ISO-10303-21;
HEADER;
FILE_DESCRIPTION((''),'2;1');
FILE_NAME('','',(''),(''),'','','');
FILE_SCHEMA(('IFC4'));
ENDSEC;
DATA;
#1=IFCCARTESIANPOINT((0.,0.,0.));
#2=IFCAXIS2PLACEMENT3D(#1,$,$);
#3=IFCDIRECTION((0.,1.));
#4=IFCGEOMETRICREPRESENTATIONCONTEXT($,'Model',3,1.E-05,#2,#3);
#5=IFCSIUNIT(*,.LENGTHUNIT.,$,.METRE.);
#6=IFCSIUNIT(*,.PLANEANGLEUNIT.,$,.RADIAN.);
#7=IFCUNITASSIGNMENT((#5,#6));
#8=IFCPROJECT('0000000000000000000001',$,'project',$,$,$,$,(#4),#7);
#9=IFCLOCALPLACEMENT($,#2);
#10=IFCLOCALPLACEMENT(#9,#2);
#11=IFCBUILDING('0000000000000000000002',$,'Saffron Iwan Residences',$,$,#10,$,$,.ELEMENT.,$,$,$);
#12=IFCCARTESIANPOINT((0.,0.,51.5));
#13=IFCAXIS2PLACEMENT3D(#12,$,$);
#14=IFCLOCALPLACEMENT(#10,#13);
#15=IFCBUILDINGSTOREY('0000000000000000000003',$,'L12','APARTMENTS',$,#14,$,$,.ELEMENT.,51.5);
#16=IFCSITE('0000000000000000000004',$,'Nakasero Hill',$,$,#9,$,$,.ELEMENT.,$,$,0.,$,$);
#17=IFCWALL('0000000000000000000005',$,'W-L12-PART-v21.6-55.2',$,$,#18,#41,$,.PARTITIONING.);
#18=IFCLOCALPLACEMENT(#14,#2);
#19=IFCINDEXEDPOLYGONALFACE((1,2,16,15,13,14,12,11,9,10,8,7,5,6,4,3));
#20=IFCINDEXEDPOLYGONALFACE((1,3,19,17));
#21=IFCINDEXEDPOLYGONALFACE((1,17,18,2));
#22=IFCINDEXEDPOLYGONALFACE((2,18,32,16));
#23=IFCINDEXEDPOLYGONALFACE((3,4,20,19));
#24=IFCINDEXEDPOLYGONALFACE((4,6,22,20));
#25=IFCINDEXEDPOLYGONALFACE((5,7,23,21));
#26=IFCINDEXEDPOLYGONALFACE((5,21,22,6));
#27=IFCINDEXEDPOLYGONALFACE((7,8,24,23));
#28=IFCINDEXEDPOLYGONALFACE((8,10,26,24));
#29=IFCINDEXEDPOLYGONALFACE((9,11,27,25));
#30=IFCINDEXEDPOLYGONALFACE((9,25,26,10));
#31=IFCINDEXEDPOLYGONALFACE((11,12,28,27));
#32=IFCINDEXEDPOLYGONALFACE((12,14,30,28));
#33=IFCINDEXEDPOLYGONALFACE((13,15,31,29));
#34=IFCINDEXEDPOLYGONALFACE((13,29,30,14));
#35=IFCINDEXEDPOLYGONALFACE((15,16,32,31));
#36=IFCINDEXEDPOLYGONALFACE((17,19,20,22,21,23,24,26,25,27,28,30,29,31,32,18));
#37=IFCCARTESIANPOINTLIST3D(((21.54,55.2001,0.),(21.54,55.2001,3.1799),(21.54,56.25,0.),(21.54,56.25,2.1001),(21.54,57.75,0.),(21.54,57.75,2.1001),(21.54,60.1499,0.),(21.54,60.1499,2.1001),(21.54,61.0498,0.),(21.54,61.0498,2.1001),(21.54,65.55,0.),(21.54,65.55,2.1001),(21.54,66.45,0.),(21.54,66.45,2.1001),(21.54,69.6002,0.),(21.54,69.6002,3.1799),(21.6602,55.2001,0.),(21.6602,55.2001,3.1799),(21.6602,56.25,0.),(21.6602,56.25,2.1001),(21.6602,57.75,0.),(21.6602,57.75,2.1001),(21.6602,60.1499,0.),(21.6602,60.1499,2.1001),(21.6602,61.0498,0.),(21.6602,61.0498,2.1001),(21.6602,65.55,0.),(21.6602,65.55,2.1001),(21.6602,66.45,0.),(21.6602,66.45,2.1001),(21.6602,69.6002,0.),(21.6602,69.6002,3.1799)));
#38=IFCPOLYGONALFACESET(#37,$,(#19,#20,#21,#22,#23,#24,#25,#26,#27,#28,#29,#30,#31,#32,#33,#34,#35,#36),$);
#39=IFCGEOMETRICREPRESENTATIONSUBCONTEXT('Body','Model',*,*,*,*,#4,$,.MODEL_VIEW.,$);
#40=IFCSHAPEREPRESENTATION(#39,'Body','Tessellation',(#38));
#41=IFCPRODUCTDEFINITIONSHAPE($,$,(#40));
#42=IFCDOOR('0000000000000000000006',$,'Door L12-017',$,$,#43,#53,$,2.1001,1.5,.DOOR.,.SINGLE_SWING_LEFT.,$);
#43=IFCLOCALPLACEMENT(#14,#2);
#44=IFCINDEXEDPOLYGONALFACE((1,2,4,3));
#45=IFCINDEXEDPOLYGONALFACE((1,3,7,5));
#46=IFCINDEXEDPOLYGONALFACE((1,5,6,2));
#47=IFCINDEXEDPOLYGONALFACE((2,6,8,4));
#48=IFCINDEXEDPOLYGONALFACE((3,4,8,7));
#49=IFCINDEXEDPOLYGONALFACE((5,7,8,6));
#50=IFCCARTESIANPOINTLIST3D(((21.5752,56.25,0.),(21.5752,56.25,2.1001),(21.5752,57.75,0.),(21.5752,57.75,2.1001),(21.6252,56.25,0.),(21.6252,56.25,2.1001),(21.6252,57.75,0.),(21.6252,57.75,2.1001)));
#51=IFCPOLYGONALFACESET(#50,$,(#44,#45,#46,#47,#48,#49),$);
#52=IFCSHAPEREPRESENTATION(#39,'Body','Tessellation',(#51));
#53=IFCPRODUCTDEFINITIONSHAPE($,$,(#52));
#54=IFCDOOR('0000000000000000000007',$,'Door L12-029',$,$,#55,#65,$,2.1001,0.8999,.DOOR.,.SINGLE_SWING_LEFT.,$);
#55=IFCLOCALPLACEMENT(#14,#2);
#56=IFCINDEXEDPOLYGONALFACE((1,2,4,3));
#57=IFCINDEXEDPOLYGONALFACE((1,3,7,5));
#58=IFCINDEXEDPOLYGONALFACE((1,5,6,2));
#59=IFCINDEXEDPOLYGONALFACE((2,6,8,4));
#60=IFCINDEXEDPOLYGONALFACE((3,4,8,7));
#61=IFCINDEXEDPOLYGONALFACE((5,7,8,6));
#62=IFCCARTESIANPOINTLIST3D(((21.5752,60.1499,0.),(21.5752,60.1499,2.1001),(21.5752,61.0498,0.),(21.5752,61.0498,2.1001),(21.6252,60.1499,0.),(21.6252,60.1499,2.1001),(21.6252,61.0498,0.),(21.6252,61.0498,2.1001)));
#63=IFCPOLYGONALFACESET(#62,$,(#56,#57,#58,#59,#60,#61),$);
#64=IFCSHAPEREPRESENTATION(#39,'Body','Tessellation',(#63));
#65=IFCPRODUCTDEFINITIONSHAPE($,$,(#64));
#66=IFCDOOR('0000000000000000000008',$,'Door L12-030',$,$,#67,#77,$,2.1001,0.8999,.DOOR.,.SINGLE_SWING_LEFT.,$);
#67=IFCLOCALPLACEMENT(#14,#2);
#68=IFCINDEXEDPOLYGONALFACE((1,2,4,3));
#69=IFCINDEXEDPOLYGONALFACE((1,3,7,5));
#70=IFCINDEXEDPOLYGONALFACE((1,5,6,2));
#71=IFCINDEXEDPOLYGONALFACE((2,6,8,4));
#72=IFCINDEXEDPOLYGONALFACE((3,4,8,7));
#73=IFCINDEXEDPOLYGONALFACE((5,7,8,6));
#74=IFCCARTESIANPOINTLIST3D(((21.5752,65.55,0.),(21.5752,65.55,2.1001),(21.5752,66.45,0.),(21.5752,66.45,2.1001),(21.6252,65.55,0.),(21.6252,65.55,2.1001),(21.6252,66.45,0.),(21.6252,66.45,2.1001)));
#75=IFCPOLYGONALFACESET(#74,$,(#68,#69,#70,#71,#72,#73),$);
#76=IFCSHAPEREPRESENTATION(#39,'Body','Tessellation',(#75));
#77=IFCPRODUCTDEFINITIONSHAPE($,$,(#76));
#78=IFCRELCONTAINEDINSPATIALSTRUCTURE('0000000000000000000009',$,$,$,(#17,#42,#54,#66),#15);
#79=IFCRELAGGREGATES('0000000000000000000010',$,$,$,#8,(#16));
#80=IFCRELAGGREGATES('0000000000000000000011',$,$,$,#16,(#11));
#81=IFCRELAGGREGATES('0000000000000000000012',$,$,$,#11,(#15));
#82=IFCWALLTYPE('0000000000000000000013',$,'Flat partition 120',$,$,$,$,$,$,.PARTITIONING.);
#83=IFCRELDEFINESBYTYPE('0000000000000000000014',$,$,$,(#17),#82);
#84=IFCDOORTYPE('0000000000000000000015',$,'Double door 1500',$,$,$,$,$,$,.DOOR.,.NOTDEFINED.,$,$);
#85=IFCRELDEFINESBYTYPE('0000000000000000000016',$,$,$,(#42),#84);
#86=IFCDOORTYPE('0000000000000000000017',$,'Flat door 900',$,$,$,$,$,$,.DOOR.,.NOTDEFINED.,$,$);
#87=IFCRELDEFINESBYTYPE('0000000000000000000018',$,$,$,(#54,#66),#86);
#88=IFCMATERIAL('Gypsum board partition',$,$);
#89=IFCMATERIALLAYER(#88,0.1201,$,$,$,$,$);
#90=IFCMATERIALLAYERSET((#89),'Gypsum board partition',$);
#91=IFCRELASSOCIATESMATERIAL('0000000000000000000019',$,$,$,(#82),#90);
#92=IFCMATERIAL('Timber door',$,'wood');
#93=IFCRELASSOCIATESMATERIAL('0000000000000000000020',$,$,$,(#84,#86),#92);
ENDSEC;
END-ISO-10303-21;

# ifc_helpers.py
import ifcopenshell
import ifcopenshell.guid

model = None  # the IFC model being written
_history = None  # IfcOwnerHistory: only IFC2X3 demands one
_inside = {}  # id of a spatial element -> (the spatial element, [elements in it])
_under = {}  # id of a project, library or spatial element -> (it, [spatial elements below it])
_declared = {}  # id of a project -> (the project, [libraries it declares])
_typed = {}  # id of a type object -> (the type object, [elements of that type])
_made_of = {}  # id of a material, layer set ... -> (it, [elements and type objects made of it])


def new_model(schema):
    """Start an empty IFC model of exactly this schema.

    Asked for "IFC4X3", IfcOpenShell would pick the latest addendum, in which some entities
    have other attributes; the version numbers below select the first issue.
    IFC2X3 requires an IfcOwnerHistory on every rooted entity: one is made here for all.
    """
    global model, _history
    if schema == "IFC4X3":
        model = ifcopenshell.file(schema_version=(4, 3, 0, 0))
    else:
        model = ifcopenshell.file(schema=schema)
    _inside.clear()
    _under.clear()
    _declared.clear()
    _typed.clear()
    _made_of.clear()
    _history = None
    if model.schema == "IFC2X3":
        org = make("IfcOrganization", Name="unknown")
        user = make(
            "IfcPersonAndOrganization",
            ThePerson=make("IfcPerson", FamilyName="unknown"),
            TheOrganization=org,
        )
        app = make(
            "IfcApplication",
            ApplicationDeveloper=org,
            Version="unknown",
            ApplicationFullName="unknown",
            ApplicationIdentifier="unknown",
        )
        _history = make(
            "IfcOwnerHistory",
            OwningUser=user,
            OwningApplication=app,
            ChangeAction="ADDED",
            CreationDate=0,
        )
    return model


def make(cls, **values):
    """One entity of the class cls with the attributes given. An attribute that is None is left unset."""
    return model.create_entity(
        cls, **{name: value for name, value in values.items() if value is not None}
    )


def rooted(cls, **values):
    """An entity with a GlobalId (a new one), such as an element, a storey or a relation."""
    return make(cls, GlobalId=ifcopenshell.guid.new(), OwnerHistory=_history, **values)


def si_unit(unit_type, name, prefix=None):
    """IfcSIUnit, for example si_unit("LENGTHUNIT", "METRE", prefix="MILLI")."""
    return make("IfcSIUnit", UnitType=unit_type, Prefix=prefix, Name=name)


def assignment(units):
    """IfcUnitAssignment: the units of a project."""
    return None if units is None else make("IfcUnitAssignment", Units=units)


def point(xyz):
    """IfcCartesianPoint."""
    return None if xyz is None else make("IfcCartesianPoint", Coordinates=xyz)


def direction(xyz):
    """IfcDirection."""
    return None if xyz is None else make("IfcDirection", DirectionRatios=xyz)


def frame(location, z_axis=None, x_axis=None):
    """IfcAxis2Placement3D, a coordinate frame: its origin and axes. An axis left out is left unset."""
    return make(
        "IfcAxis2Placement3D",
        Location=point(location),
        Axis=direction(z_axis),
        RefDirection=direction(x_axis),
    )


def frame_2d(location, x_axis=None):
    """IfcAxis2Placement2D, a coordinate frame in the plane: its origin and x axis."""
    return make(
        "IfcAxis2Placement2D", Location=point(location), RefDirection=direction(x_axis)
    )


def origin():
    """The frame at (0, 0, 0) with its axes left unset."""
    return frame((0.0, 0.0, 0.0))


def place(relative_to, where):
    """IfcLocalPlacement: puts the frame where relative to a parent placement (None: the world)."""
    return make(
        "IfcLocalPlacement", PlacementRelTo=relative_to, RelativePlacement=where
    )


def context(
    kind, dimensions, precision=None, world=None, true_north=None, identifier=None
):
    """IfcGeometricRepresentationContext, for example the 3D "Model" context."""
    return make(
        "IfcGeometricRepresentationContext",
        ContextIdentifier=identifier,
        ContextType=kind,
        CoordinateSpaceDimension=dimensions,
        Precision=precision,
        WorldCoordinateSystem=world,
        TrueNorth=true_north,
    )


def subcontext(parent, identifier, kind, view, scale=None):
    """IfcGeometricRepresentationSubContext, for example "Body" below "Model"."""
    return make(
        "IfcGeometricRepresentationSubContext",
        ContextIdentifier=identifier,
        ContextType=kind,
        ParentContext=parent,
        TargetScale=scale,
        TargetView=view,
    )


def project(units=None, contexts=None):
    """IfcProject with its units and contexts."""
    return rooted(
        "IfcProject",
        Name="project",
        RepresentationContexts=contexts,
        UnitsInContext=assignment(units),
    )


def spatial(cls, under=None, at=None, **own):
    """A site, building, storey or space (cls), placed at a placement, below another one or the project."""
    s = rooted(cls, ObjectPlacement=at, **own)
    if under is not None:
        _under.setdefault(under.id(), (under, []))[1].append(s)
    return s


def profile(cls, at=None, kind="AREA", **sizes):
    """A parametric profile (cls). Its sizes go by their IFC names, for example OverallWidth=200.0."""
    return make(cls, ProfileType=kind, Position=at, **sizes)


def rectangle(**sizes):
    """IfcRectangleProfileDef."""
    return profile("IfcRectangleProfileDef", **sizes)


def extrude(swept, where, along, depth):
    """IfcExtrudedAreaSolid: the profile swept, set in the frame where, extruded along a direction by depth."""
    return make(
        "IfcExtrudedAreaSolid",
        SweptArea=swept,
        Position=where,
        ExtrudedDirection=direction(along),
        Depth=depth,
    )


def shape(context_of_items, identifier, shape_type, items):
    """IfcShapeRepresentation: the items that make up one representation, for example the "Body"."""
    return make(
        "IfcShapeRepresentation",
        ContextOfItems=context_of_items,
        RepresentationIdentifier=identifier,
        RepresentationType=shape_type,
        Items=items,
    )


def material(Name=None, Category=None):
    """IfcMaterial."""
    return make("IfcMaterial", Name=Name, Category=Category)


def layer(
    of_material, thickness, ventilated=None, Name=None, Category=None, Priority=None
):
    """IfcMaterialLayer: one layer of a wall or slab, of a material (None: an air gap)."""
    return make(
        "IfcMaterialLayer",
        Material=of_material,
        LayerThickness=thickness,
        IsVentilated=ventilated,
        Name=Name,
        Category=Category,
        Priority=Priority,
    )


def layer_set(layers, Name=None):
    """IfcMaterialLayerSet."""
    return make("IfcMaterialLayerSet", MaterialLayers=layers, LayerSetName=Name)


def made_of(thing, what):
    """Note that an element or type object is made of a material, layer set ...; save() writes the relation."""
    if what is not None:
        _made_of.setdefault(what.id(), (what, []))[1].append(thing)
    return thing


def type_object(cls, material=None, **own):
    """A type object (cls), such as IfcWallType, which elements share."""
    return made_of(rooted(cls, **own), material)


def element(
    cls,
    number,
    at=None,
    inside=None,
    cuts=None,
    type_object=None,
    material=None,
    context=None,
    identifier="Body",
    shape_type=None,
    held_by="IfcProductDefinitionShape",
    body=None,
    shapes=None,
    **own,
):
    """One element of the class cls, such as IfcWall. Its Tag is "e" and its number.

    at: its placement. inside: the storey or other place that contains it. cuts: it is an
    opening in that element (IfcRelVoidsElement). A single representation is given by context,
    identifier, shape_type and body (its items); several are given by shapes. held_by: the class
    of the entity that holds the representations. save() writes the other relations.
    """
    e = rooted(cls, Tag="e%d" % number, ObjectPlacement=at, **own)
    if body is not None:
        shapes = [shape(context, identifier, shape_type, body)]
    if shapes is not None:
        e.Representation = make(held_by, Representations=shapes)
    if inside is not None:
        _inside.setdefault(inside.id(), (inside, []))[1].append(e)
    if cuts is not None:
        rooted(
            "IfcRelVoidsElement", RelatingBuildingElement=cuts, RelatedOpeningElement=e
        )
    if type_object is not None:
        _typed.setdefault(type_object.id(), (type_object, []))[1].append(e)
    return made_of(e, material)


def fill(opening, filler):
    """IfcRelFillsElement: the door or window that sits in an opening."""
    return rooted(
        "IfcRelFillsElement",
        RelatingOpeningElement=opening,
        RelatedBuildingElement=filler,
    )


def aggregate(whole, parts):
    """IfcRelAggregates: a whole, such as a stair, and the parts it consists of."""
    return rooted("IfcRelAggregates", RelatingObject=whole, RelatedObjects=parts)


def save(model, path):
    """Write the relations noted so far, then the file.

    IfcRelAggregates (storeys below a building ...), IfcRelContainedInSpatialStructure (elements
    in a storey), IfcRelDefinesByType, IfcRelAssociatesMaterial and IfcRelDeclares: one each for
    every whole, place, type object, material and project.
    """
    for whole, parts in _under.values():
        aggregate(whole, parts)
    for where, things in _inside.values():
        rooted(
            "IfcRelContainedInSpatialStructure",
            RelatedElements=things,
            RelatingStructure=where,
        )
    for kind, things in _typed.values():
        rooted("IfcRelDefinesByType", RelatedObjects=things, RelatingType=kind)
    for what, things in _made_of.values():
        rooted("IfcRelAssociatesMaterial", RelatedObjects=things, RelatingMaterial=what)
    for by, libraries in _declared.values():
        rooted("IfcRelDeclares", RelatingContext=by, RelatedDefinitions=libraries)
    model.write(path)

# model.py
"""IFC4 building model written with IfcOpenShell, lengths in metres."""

from ifc_helpers import new_model, si_unit, direction, frame, frame_2d, origin, place, context, subcontext, project, spatial, rectangle, extrude, material, layer, layer_set, type_object, element, fill, save


model = new_model("IFC4")

# Units and contexts
model_context = context("Model", 3, precision=1e-05, world=origin(), true_north=direction((0.0, 1.0)))
body_context = subcontext(model_context, "Body", "Model", "MODEL_VIEW")
ifc_project = project(units=[si_unit("LENGTHUNIT", "METRE"), si_unit("PLANEANGLEUNIT", "RADIAN")], contexts=[model_context])

# Site, building, storey
site_placement = place(None, origin())
site = spatial("IfcSite", under=ifc_project, at=site_placement, Name="Nakasero Hill", CompositionType="ELEMENT", RefElevation=0.0)
building_placement = place(site_placement, origin())
building = spatial("IfcBuilding", under=site, at=building_placement, Name="Saffron Iwan Residences", CompositionType="ELEMENT")
storey_placement = place(building_placement, frame((0.0, 0.0, 51.5)))
storey = spatial("IfcBuildingStorey", under=building, at=storey_placement, Name="L12", Description="APARTMENTS", CompositionType="ELEMENT", Elevation=51.5)

# Shared definitions
ifc_material_1 = material(Name="Gypsum board partition")
ifc_layer_1 = layer(ifc_material_1, 0.1201)
ifc_layer_set_1 = layer_set([ifc_layer_1], Name="Gypsum board partition")
wall_type_1 = type_object("IfcWallType", Name="Flat partition 120", PredefinedType="PARTITIONING", material=ifc_layer_set_1)

# Wall, openings, doors
wall_1_placement = place(storey_placement, frame((21.6001, 55.2, 0.0), z_axis=(0.0, 0.0, 1.0), x_axis=(0.0, 1.0, 0.0)))
wall_1 = element("IfcWall", 1, at=wall_1_placement, inside=storey, type_object=wall_type_1, Name="W-L12-PART-v21.6-55.2", PredefinedType="PARTITIONING", context=body_context, shape_type="SweptSolid", body=[
    extrude(rectangle(XDim=14.4001, YDim=0.1201, at=frame_2d((7.2002, 0.0))), origin(), (0.0, 0.0, 1.0), 3.1799),
])
opening_1_placement = place(wall_1_placement, frame((1.05, 0.0, 0.0)))
opening_1 = element("IfcOpeningElement", 2, at=opening_1_placement, cuts=wall_1, PredefinedType="OPENING", context=body_context, shape_type="SweptSolid", body=[
    extrude(rectangle(XDim=1.5, YDim=2.1001, at=frame_2d((0.75, 1.05))), frame((0.0, 0.0701, 0.0), z_axis=(0.0, -1.0, 0.0), x_axis=(1.0, 0.0, 0.0)), (0.0, 0.0, 1.0), 0.1401),
])
opening_2_placement = place(wall_1_placement, frame((4.95, 0.0, 0.0)))
opening_2 = element("IfcOpeningElement", 3, at=opening_2_placement, cuts=wall_1, PredefinedType="OPENING", context=body_context, shape_type="SweptSolid", body=[
    extrude(rectangle(XDim=0.8999, YDim=2.1001, at=frame_2d((0.45, 1.05))), frame((0.0, 0.0701, 0.0), z_axis=(0.0, -1.0, 0.0), x_axis=(1.0, 0.0, 0.0)), (0.0, 0.0, 1.0), 0.1401),
])
opening_3_placement = place(wall_1_placement, frame((10.3501, 0.0, 0.0)))
opening_3 = element("IfcOpeningElement", 4, at=opening_3_placement, cuts=wall_1, PredefinedType="OPENING", context=body_context, shape_type="SweptSolid", body=[
    extrude(rectangle(XDim=0.8999, YDim=2.1001, at=frame_2d((0.45, 1.05))), frame((0.0, 0.0701, 0.0), z_axis=(0.0, -1.0, 0.0), x_axis=(1.0, 0.0, 0.0)), (0.0, 0.0, 1.0), 0.1401),
])
ifc_material_2 = material(Name="Timber door", Category="wood")
door_type_1 = type_object("IfcDoorType", Name="Double door 1500", OperationType="NOTDEFINED", PredefinedType="DOOR", material=ifc_material_2)
door_1_placement = place(opening_1_placement, origin())
door_1 = element("IfcDoor", 5, at=door_1_placement, inside=storey, type_object=door_type_1, Name="Door L12-017", OperationType="SINGLE_SWING_LEFT", OverallHeight=2.1001, OverallWidth=1.5, PredefinedType="DOOR", context=body_context, shape_type="SweptSolid", body=[
    extrude(rectangle(XDim=1.5, YDim=2.1001, at=frame_2d((0.75, 1.05))), frame((0.0, 0.0249, 0.0), z_axis=(0.0, -1.0, 0.0), x_axis=(1.0, 0.0, 0.0)), (0.0, 0.0, 1.0), 0.05),
])
fill(opening_1, door_1)
door_type_2 = type_object("IfcDoorType", Name="Flat door 900", OperationType="NOTDEFINED", PredefinedType="DOOR", material=ifc_material_2)
door_2_placement = place(opening_2_placement, origin())
door_2 = element("IfcDoor", 6, at=door_2_placement, inside=storey, type_object=door_type_2, Name="Door L12-029", OperationType="SINGLE_SWING_LEFT", OverallHeight=2.1001, OverallWidth=0.8999, PredefinedType="DOOR", context=body_context, shape_type="SweptSolid", body=[
    extrude(rectangle(XDim=0.8999, YDim=2.1001, at=frame_2d((0.45, 1.05))), frame((0.0, 0.0249, 0.0), z_axis=(0.0, -1.0, 0.0), x_axis=(1.0, 0.0, 0.0)), (0.0, 0.0, 1.0), 0.05),
])
fill(opening_2, door_2)
door_3_placement = place(opening_3_placement, origin())
door_3 = element("IfcDoor", 7, at=door_3_placement, inside=storey, type_object=door_type_2, Name="Door L12-030", OperationType="SINGLE_SWING_LEFT", OverallHeight=2.1001, OverallWidth=0.8999, PredefinedType="DOOR", context=body_context, shape_type="SweptSolid", body=[
    extrude(rectangle(XDim=0.8999, YDim=2.1001, at=frame_2d((0.45, 1.05))), frame((0.0, 0.0249, 0.0), z_axis=(0.0, -1.0, 0.0), x_axis=(1.0, 0.0, 0.0)), (0.0, 0.0, 1.0), 0.05),
])
fill(opening_3, door_3)

save(model, "model.ifc")
